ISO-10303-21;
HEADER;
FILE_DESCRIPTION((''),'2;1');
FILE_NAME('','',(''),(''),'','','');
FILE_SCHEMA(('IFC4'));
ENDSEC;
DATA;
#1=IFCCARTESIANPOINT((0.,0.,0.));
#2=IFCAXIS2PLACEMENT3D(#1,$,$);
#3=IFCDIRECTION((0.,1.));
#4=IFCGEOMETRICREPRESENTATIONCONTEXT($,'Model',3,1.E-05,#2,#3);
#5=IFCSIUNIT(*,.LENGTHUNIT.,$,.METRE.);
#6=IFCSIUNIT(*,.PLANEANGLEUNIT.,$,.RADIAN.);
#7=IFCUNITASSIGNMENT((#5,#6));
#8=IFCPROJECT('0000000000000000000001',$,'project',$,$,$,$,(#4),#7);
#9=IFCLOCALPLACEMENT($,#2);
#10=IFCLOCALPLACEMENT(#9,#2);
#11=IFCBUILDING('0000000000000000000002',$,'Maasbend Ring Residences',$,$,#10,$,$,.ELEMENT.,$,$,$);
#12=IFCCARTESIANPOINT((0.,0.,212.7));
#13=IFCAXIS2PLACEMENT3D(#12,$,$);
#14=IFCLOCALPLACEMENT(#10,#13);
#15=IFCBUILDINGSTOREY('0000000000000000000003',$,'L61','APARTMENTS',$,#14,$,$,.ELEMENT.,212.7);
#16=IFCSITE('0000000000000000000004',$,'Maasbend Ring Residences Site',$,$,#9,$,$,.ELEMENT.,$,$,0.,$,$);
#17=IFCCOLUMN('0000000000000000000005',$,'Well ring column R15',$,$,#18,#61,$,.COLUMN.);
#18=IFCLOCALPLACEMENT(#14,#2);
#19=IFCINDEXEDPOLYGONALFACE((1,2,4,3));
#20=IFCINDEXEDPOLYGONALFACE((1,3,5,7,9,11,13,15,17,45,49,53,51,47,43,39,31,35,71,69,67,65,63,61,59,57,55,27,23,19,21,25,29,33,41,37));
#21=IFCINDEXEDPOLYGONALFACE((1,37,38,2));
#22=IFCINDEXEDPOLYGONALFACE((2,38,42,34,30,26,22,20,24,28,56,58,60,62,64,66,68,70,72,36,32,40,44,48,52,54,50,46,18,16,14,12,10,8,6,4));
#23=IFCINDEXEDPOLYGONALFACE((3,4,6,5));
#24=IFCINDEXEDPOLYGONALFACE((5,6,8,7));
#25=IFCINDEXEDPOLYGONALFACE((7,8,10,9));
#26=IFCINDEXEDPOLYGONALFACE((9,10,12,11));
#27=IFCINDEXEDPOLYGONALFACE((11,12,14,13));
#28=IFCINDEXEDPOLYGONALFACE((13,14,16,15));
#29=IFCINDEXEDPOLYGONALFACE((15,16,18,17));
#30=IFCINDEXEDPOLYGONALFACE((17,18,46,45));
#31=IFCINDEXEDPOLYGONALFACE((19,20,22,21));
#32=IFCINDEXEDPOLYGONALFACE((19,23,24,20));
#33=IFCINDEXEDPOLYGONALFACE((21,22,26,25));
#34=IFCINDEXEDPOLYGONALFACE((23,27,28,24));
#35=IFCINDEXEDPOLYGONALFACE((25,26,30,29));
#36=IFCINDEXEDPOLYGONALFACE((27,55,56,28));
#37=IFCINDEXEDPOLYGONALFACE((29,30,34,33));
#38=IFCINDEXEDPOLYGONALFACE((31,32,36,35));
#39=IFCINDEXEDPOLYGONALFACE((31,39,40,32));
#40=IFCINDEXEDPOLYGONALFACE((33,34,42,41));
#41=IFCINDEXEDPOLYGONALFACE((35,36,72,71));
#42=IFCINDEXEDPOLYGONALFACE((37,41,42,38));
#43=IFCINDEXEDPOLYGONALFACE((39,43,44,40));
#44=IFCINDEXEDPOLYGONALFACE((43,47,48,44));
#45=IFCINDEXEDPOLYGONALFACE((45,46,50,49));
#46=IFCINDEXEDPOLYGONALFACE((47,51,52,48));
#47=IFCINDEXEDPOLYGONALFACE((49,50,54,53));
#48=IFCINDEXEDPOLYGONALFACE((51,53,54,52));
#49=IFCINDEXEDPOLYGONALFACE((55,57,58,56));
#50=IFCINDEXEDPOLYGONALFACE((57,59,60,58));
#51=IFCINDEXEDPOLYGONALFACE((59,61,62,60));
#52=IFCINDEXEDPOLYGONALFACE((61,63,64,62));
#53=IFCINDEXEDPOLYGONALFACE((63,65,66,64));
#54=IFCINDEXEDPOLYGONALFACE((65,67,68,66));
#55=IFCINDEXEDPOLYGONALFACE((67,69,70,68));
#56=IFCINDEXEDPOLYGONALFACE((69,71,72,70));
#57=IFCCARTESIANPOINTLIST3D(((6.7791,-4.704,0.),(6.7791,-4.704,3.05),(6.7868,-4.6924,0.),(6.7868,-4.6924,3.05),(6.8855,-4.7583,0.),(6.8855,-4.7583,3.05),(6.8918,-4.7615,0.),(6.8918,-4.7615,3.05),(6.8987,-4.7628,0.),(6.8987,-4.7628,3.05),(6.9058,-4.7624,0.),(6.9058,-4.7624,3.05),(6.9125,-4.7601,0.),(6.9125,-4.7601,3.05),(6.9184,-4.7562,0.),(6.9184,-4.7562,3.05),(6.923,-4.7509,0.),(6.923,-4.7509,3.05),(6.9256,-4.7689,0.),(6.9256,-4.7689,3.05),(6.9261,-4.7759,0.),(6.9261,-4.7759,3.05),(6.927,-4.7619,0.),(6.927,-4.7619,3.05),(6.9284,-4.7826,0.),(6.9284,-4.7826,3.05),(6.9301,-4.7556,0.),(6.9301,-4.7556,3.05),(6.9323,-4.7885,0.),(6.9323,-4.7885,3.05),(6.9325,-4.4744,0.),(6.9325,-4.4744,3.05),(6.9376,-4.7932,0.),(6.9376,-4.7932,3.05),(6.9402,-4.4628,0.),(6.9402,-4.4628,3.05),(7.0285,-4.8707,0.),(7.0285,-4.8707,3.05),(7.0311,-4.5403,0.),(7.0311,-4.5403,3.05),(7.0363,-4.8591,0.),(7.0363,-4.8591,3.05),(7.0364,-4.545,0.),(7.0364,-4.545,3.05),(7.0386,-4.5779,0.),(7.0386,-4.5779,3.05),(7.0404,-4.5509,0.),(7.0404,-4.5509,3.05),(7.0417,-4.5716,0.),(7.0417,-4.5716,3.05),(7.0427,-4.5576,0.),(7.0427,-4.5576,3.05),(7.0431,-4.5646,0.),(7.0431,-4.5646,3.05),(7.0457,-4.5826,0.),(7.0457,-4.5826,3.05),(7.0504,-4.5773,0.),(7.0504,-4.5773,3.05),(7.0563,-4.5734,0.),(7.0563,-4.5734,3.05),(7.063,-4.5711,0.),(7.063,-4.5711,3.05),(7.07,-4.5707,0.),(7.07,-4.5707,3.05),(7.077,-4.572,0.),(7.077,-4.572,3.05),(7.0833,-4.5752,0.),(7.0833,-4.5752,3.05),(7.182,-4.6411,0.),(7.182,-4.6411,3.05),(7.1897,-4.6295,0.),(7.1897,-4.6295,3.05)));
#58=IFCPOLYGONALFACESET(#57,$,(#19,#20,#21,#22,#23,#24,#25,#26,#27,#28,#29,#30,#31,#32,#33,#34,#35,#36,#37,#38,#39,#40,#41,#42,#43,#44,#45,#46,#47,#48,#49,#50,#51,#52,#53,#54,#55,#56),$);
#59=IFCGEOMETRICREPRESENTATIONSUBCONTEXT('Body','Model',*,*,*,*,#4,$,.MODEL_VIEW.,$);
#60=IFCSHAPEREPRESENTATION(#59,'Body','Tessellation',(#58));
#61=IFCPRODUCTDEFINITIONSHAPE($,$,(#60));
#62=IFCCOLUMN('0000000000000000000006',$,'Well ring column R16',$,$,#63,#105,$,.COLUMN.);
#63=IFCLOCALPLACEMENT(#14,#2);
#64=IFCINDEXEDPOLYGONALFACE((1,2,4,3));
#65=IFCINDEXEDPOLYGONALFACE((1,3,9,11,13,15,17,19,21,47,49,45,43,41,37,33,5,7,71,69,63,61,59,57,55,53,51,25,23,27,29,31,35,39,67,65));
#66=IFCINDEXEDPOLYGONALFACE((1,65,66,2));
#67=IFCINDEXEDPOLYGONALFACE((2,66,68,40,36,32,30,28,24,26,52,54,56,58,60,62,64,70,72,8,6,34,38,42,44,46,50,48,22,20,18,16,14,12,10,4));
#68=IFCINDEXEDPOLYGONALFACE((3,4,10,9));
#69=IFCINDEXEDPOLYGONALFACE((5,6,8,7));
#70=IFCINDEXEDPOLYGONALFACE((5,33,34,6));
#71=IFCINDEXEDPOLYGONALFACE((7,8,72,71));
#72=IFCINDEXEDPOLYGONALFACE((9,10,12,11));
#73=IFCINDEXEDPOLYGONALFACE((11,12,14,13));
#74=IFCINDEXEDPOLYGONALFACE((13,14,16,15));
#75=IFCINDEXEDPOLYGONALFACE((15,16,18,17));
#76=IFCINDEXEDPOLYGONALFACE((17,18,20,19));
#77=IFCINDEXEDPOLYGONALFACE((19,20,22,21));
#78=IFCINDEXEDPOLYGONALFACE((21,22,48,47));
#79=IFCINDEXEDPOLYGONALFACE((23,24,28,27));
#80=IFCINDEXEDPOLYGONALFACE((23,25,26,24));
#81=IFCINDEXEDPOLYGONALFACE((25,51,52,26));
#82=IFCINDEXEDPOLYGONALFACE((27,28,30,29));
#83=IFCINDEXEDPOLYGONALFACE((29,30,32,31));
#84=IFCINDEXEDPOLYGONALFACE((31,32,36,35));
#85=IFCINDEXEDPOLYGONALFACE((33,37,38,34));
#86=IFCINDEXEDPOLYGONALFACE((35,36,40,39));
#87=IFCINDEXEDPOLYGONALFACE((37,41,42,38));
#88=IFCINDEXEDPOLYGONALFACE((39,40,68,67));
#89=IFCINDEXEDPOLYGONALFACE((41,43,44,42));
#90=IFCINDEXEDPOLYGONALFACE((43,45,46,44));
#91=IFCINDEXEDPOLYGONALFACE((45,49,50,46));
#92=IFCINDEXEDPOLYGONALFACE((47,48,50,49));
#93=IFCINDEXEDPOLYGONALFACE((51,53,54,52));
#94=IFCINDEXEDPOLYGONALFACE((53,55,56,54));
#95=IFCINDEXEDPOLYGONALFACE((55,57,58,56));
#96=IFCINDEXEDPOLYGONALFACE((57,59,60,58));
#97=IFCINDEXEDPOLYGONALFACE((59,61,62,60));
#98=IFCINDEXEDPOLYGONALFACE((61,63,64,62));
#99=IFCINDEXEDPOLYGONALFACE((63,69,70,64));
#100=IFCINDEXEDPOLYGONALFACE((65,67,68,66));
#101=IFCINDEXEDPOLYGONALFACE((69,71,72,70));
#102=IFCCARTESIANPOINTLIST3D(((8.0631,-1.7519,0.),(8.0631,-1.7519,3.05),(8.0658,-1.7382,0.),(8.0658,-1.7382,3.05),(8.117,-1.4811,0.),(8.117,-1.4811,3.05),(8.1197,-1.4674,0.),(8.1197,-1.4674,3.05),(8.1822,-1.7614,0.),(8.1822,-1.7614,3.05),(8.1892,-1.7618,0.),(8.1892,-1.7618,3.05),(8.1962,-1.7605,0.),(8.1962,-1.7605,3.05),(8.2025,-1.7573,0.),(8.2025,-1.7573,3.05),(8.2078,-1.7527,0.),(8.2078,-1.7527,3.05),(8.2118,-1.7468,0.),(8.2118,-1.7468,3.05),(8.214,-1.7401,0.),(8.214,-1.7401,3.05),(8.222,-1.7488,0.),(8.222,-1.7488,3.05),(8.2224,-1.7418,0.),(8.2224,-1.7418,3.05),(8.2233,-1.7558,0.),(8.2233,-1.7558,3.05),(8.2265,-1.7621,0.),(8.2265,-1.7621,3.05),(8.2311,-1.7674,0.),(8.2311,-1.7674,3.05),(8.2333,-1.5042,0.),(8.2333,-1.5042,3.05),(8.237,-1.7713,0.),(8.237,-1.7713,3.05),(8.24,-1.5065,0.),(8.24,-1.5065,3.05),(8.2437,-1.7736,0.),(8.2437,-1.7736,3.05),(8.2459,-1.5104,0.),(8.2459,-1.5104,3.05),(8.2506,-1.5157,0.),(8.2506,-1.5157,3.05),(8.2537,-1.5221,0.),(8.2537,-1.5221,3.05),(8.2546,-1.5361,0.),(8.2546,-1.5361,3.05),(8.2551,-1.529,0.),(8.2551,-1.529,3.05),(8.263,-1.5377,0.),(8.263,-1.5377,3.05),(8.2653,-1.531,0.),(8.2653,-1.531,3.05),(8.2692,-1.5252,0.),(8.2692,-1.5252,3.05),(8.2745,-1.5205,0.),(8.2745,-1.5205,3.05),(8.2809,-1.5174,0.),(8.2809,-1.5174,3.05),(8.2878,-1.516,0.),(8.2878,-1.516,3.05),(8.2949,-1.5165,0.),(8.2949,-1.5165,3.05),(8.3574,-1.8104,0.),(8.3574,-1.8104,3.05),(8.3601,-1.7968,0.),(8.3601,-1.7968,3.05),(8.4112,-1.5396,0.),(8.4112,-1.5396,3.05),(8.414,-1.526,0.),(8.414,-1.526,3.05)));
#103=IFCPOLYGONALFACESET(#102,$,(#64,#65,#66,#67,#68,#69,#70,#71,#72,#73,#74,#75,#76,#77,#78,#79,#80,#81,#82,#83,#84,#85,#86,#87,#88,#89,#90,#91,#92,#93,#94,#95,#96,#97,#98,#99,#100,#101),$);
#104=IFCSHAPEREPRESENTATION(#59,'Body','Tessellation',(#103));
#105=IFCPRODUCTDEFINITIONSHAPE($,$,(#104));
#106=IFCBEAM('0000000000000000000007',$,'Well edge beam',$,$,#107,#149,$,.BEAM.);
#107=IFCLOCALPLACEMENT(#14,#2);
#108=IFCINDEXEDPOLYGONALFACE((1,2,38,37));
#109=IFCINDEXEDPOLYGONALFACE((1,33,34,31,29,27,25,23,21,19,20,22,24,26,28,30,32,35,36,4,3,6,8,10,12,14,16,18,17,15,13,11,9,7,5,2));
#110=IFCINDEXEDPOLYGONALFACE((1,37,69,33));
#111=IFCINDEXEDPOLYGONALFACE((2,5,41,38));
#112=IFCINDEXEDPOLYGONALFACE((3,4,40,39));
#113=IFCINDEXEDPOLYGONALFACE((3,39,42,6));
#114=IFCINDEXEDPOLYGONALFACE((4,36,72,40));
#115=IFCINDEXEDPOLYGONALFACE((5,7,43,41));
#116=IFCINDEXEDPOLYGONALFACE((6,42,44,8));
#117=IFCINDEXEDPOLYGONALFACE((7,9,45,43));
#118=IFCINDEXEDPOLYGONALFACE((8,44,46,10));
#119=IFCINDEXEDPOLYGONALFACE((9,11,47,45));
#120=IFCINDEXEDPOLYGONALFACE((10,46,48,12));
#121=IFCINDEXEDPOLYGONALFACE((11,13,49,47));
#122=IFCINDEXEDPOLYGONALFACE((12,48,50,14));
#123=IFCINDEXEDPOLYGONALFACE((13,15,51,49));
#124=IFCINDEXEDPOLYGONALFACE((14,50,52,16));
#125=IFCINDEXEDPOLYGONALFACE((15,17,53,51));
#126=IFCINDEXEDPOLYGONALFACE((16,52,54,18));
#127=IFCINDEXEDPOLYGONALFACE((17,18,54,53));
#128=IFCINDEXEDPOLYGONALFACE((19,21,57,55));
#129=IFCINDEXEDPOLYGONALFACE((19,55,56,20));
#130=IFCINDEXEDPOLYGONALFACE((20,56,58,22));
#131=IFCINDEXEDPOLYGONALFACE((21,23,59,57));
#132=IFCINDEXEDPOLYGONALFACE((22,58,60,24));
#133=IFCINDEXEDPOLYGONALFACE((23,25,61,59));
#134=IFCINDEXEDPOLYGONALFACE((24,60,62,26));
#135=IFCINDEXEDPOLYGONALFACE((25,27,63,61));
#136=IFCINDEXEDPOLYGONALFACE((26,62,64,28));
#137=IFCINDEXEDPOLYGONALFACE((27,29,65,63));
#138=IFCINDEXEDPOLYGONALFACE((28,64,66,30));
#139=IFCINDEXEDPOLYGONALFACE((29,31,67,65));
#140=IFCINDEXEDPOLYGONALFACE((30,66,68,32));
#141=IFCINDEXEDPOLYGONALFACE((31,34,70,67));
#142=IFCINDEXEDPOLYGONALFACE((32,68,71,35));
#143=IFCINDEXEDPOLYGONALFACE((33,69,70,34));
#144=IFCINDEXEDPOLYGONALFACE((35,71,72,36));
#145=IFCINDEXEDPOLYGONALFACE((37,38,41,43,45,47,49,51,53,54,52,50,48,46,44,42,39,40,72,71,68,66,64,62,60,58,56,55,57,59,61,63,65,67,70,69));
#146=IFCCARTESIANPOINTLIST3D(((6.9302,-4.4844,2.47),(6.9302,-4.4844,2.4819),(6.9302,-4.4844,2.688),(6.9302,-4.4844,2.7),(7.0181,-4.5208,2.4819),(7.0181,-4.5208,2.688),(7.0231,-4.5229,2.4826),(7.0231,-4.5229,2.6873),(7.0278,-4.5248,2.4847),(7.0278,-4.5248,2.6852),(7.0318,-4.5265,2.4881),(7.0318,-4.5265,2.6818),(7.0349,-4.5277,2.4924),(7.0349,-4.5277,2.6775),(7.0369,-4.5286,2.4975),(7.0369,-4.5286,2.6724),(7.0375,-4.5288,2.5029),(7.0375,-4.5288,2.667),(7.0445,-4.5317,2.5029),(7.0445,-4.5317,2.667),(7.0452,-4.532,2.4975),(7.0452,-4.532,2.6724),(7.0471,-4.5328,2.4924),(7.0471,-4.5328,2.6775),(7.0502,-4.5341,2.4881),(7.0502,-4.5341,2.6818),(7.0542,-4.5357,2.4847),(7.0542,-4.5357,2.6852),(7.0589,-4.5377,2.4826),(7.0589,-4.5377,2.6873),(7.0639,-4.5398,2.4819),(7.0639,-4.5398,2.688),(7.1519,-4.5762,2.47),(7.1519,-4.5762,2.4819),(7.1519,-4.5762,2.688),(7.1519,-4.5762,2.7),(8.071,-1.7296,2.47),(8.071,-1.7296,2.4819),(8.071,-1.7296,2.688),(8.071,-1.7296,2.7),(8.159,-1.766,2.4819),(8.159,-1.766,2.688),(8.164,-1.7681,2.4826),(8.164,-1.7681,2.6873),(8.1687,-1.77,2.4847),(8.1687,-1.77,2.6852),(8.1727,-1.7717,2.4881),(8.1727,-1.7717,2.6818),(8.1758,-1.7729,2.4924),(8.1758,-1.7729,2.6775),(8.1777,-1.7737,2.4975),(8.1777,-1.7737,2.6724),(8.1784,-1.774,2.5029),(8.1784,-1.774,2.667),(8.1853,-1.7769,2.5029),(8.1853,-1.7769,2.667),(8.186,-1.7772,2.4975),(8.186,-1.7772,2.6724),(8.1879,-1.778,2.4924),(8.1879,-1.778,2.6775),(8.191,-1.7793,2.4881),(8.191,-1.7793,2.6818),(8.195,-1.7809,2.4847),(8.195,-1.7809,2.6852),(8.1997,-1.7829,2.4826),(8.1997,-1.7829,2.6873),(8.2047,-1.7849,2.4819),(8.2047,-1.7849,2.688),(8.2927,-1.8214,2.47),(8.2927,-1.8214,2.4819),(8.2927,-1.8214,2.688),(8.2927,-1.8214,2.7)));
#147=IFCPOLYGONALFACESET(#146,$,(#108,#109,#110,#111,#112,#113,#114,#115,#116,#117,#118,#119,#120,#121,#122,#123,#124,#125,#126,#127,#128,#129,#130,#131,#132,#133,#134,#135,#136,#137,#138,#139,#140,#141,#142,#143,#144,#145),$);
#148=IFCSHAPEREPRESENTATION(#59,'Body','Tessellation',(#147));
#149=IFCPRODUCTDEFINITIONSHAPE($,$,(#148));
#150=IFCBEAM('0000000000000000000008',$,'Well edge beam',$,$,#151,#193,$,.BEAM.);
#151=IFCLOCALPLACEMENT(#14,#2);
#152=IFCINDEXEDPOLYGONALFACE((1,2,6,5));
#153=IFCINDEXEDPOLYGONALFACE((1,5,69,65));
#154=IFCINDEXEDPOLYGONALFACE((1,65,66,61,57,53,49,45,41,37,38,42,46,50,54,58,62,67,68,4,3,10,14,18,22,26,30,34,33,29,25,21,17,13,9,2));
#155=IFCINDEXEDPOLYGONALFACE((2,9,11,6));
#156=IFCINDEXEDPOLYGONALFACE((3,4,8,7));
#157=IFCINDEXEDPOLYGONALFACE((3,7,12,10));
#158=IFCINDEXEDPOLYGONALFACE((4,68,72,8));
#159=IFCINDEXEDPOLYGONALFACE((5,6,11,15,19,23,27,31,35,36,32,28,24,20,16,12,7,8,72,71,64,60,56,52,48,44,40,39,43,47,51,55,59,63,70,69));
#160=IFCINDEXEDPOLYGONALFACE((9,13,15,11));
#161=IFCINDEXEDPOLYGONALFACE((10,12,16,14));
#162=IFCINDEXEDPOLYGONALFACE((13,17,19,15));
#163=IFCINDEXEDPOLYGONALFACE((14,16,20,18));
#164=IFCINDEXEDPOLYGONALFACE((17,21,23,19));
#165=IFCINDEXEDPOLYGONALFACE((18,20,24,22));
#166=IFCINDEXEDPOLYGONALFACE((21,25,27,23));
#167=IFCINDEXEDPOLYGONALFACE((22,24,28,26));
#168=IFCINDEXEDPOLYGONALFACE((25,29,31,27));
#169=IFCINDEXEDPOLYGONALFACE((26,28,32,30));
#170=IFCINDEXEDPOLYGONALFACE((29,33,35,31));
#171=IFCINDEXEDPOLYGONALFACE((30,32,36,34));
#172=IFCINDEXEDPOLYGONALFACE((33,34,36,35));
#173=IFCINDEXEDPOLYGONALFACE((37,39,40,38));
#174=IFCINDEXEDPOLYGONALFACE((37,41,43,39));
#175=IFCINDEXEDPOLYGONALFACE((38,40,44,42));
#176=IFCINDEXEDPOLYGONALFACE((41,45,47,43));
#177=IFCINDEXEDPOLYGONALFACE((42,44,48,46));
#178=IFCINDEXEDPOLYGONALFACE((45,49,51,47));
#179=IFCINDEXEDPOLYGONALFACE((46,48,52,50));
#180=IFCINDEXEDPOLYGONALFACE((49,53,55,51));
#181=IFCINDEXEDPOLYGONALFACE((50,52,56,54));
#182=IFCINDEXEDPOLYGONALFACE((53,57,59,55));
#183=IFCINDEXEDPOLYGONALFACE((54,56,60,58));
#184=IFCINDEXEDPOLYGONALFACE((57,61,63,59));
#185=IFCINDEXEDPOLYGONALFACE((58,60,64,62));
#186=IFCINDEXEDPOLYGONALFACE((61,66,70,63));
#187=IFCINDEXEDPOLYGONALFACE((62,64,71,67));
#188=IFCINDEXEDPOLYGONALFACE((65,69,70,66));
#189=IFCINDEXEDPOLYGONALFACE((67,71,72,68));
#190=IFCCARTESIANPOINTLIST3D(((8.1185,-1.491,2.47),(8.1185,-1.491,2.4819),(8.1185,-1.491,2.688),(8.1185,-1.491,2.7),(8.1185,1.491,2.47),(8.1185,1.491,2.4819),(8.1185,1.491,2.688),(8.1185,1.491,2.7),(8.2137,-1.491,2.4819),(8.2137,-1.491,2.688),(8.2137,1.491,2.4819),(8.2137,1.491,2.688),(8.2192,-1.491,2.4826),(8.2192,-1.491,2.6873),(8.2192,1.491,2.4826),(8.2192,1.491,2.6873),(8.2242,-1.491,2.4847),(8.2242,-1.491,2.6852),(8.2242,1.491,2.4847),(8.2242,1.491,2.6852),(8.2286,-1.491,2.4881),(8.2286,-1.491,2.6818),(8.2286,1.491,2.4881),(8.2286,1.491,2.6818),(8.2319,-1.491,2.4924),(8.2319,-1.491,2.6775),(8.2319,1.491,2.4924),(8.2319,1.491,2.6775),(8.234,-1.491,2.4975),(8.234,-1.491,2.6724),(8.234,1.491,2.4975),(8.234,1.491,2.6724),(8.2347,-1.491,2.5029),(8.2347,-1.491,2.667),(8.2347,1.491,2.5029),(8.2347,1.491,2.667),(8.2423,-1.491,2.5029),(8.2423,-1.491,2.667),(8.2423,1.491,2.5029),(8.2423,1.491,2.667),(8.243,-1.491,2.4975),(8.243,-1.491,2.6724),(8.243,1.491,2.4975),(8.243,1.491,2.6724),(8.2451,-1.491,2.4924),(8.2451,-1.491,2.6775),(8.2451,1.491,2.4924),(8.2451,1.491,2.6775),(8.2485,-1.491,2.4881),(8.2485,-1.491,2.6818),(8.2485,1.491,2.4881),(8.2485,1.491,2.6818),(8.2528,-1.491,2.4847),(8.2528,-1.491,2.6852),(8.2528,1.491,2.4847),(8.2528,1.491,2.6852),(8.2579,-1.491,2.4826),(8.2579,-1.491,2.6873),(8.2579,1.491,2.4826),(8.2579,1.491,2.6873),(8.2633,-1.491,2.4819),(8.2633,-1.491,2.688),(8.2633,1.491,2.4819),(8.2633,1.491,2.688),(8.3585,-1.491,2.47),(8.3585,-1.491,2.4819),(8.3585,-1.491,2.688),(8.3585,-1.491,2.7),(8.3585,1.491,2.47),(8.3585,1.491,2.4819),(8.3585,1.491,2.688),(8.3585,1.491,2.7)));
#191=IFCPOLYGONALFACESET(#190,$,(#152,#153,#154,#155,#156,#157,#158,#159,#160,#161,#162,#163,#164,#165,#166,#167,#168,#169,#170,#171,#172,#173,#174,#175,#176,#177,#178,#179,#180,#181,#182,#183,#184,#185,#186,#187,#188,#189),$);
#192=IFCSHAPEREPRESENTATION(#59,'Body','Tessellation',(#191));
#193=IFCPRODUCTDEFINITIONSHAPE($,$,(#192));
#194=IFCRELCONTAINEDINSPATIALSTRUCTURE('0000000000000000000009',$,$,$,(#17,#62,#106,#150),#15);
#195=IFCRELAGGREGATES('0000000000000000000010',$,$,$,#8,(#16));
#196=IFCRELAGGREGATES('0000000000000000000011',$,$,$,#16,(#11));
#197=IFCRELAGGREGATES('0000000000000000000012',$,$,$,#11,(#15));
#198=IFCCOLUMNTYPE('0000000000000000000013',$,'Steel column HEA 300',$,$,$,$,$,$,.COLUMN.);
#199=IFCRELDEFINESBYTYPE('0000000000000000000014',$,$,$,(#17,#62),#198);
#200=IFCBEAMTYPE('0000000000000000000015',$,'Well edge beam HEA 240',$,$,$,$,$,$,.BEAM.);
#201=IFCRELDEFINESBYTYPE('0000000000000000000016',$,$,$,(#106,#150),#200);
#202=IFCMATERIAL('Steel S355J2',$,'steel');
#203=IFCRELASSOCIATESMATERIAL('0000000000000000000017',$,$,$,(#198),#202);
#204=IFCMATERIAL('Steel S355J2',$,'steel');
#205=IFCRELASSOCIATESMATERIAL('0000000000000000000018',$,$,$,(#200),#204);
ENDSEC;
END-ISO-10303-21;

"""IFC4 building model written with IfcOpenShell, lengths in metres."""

from ifc_helpers import new_model, si_unit, direction, frame, origin, origin_2d, place, context, subcontext, project, spatial, i_section, extrude, material, material_profile, profile_set, type_object, element, save


model = new_model("IFC4")

# Units and contexts
model_context = context("Model", 3, precision=1e-05, world=origin(), true_north=direction((0.0, 1.0)))
body_context = subcontext(model_context, "Body", "Model", "MODEL_VIEW")
ifc_project = project(units=[si_unit("LENGTHUNIT", "METRE"), si_unit("PLANEANGLEUNIT", "RADIAN")], contexts=[model_context])

# Site, building, storey
site_placement = place(None, origin())
site = spatial("IfcSite", under=ifc_project, at=site_placement, Name="Maasbend Ring Residences Site", CompositionType="ELEMENT", RefElevation=0.0)
building_placement = place(site_placement, origin())
building = spatial("IfcBuilding", under=site, at=building_placement, Name="Maasbend Ring Residences", CompositionType="ELEMENT")
storey_placement = place(building_placement, frame((0.0, 0.0, 212.7)))
storey = spatial("IfcBuildingStorey", under=building, at=storey_placement, Name="L61", Description="APARTMENTS", CompositionType="ELEMENT", Elevation=212.7)

# Columns
ifc_material_1 = material(Name="Steel S355J2", Category="steel")
ifc_material_profile_1 = material_profile(ifc_material_1, i_section(OverallWidth=0.3, OverallDepth=0.29, WebThickness=0.0085, FlangeThickness=0.0139, FilletRadius=0.0271, at=origin_2d()), Name="HEA 300")
ifc_profile_set_1 = profile_set([ifc_material_profile_1], Name="Steel S355J2")
column_type = type_object("IfcColumnType", Name="Steel column HEA 300", PredefinedType="COLUMN", material=ifc_profile_set_1)
for number, where, z_axis, x_axis, name in (
    (1, (6.9844, -4.6667, 0.0), (0.0, 0.0, 1.0), (0.83147, -0.55557, 0.0), "Well ring column R15"),
    (2, (8.2385, -1.6389, 0.0), (0.0, 0.0, 1.0), (0.980785, -0.19509, 0.0), "Well ring column R16"),
):
    element("IfcColumn", number, at=place(storey_placement, frame(where, z_axis=z_axis, x_axis=x_axis)), inside=storey, type_object=column_type, Name=name, PredefinedType="COLUMN", context=body_context, shape_type="SweptSolid", body=[
        extrude(i_section(OverallWidth=0.3, OverallDepth=0.29, WebThickness=0.0085, FlangeThickness=0.0139, FilletRadius=0.0271, at=origin_2d()), origin(), (0.0, 0.0, 1.0), 3.05),
    ])

# Beams
ifc_material_2 = material(Name="Steel S355J2", Category="steel")
ifc_material_profile_2 = material_profile(ifc_material_2, i_section(OverallWidth=0.24, OverallDepth=0.23, WebThickness=0.0076, FlangeThickness=0.012, FilletRadius=0.021, at=origin_2d()), Name="HEA 240")
ifc_profile_set_2 = profile_set([ifc_material_profile_2], Name="Steel S355J2")
beam_type = type_object("IfcBeamType", Name="Well edge beam HEA 240", PredefinedType="BEAM", material=ifc_profile_set_2)
beam_1_placement = place(storey_placement, frame((7.041, -4.5303, 2.585), z_axis=(0.382615, 0.923908, 0.0), x_axis=(-0.923908, 0.382615, 0.0)))
element("IfcBeam", 3, at=beam_1_placement, inside=storey, type_object=beam_type, Name="Well edge beam", PredefinedType="BEAM", context=body_context, shape_type="SweptSolid", body=[
    extrude(i_section(OverallWidth=0.24, OverallDepth=0.23, WebThickness=0.0076, FlangeThickness=0.012, FilletRadius=0.021, at=origin_2d()), origin(), (0.0, 0.0, 1.0), 2.9817),
])
beam_2_placement = place(storey_placement, frame((8.2385, -1.491, 2.585), z_axis=(0.0, 1.0, 0.0), x_axis=(-1.0, 0.0, 0.0)))
element("IfcBeam", 4, at=beam_2_placement, inside=storey, type_object=beam_type, Name="Well edge beam", PredefinedType="BEAM", context=body_context, shape_type="SweptSolid", body=[
    extrude(i_section(OverallWidth=0.24, OverallDepth=0.23, WebThickness=0.0076, FlangeThickness=0.012, FilletRadius=0.021, at=origin_2d()), origin(), (0.0, 0.0, 1.0), 2.9819),
])

save(model, "model.ifc")
